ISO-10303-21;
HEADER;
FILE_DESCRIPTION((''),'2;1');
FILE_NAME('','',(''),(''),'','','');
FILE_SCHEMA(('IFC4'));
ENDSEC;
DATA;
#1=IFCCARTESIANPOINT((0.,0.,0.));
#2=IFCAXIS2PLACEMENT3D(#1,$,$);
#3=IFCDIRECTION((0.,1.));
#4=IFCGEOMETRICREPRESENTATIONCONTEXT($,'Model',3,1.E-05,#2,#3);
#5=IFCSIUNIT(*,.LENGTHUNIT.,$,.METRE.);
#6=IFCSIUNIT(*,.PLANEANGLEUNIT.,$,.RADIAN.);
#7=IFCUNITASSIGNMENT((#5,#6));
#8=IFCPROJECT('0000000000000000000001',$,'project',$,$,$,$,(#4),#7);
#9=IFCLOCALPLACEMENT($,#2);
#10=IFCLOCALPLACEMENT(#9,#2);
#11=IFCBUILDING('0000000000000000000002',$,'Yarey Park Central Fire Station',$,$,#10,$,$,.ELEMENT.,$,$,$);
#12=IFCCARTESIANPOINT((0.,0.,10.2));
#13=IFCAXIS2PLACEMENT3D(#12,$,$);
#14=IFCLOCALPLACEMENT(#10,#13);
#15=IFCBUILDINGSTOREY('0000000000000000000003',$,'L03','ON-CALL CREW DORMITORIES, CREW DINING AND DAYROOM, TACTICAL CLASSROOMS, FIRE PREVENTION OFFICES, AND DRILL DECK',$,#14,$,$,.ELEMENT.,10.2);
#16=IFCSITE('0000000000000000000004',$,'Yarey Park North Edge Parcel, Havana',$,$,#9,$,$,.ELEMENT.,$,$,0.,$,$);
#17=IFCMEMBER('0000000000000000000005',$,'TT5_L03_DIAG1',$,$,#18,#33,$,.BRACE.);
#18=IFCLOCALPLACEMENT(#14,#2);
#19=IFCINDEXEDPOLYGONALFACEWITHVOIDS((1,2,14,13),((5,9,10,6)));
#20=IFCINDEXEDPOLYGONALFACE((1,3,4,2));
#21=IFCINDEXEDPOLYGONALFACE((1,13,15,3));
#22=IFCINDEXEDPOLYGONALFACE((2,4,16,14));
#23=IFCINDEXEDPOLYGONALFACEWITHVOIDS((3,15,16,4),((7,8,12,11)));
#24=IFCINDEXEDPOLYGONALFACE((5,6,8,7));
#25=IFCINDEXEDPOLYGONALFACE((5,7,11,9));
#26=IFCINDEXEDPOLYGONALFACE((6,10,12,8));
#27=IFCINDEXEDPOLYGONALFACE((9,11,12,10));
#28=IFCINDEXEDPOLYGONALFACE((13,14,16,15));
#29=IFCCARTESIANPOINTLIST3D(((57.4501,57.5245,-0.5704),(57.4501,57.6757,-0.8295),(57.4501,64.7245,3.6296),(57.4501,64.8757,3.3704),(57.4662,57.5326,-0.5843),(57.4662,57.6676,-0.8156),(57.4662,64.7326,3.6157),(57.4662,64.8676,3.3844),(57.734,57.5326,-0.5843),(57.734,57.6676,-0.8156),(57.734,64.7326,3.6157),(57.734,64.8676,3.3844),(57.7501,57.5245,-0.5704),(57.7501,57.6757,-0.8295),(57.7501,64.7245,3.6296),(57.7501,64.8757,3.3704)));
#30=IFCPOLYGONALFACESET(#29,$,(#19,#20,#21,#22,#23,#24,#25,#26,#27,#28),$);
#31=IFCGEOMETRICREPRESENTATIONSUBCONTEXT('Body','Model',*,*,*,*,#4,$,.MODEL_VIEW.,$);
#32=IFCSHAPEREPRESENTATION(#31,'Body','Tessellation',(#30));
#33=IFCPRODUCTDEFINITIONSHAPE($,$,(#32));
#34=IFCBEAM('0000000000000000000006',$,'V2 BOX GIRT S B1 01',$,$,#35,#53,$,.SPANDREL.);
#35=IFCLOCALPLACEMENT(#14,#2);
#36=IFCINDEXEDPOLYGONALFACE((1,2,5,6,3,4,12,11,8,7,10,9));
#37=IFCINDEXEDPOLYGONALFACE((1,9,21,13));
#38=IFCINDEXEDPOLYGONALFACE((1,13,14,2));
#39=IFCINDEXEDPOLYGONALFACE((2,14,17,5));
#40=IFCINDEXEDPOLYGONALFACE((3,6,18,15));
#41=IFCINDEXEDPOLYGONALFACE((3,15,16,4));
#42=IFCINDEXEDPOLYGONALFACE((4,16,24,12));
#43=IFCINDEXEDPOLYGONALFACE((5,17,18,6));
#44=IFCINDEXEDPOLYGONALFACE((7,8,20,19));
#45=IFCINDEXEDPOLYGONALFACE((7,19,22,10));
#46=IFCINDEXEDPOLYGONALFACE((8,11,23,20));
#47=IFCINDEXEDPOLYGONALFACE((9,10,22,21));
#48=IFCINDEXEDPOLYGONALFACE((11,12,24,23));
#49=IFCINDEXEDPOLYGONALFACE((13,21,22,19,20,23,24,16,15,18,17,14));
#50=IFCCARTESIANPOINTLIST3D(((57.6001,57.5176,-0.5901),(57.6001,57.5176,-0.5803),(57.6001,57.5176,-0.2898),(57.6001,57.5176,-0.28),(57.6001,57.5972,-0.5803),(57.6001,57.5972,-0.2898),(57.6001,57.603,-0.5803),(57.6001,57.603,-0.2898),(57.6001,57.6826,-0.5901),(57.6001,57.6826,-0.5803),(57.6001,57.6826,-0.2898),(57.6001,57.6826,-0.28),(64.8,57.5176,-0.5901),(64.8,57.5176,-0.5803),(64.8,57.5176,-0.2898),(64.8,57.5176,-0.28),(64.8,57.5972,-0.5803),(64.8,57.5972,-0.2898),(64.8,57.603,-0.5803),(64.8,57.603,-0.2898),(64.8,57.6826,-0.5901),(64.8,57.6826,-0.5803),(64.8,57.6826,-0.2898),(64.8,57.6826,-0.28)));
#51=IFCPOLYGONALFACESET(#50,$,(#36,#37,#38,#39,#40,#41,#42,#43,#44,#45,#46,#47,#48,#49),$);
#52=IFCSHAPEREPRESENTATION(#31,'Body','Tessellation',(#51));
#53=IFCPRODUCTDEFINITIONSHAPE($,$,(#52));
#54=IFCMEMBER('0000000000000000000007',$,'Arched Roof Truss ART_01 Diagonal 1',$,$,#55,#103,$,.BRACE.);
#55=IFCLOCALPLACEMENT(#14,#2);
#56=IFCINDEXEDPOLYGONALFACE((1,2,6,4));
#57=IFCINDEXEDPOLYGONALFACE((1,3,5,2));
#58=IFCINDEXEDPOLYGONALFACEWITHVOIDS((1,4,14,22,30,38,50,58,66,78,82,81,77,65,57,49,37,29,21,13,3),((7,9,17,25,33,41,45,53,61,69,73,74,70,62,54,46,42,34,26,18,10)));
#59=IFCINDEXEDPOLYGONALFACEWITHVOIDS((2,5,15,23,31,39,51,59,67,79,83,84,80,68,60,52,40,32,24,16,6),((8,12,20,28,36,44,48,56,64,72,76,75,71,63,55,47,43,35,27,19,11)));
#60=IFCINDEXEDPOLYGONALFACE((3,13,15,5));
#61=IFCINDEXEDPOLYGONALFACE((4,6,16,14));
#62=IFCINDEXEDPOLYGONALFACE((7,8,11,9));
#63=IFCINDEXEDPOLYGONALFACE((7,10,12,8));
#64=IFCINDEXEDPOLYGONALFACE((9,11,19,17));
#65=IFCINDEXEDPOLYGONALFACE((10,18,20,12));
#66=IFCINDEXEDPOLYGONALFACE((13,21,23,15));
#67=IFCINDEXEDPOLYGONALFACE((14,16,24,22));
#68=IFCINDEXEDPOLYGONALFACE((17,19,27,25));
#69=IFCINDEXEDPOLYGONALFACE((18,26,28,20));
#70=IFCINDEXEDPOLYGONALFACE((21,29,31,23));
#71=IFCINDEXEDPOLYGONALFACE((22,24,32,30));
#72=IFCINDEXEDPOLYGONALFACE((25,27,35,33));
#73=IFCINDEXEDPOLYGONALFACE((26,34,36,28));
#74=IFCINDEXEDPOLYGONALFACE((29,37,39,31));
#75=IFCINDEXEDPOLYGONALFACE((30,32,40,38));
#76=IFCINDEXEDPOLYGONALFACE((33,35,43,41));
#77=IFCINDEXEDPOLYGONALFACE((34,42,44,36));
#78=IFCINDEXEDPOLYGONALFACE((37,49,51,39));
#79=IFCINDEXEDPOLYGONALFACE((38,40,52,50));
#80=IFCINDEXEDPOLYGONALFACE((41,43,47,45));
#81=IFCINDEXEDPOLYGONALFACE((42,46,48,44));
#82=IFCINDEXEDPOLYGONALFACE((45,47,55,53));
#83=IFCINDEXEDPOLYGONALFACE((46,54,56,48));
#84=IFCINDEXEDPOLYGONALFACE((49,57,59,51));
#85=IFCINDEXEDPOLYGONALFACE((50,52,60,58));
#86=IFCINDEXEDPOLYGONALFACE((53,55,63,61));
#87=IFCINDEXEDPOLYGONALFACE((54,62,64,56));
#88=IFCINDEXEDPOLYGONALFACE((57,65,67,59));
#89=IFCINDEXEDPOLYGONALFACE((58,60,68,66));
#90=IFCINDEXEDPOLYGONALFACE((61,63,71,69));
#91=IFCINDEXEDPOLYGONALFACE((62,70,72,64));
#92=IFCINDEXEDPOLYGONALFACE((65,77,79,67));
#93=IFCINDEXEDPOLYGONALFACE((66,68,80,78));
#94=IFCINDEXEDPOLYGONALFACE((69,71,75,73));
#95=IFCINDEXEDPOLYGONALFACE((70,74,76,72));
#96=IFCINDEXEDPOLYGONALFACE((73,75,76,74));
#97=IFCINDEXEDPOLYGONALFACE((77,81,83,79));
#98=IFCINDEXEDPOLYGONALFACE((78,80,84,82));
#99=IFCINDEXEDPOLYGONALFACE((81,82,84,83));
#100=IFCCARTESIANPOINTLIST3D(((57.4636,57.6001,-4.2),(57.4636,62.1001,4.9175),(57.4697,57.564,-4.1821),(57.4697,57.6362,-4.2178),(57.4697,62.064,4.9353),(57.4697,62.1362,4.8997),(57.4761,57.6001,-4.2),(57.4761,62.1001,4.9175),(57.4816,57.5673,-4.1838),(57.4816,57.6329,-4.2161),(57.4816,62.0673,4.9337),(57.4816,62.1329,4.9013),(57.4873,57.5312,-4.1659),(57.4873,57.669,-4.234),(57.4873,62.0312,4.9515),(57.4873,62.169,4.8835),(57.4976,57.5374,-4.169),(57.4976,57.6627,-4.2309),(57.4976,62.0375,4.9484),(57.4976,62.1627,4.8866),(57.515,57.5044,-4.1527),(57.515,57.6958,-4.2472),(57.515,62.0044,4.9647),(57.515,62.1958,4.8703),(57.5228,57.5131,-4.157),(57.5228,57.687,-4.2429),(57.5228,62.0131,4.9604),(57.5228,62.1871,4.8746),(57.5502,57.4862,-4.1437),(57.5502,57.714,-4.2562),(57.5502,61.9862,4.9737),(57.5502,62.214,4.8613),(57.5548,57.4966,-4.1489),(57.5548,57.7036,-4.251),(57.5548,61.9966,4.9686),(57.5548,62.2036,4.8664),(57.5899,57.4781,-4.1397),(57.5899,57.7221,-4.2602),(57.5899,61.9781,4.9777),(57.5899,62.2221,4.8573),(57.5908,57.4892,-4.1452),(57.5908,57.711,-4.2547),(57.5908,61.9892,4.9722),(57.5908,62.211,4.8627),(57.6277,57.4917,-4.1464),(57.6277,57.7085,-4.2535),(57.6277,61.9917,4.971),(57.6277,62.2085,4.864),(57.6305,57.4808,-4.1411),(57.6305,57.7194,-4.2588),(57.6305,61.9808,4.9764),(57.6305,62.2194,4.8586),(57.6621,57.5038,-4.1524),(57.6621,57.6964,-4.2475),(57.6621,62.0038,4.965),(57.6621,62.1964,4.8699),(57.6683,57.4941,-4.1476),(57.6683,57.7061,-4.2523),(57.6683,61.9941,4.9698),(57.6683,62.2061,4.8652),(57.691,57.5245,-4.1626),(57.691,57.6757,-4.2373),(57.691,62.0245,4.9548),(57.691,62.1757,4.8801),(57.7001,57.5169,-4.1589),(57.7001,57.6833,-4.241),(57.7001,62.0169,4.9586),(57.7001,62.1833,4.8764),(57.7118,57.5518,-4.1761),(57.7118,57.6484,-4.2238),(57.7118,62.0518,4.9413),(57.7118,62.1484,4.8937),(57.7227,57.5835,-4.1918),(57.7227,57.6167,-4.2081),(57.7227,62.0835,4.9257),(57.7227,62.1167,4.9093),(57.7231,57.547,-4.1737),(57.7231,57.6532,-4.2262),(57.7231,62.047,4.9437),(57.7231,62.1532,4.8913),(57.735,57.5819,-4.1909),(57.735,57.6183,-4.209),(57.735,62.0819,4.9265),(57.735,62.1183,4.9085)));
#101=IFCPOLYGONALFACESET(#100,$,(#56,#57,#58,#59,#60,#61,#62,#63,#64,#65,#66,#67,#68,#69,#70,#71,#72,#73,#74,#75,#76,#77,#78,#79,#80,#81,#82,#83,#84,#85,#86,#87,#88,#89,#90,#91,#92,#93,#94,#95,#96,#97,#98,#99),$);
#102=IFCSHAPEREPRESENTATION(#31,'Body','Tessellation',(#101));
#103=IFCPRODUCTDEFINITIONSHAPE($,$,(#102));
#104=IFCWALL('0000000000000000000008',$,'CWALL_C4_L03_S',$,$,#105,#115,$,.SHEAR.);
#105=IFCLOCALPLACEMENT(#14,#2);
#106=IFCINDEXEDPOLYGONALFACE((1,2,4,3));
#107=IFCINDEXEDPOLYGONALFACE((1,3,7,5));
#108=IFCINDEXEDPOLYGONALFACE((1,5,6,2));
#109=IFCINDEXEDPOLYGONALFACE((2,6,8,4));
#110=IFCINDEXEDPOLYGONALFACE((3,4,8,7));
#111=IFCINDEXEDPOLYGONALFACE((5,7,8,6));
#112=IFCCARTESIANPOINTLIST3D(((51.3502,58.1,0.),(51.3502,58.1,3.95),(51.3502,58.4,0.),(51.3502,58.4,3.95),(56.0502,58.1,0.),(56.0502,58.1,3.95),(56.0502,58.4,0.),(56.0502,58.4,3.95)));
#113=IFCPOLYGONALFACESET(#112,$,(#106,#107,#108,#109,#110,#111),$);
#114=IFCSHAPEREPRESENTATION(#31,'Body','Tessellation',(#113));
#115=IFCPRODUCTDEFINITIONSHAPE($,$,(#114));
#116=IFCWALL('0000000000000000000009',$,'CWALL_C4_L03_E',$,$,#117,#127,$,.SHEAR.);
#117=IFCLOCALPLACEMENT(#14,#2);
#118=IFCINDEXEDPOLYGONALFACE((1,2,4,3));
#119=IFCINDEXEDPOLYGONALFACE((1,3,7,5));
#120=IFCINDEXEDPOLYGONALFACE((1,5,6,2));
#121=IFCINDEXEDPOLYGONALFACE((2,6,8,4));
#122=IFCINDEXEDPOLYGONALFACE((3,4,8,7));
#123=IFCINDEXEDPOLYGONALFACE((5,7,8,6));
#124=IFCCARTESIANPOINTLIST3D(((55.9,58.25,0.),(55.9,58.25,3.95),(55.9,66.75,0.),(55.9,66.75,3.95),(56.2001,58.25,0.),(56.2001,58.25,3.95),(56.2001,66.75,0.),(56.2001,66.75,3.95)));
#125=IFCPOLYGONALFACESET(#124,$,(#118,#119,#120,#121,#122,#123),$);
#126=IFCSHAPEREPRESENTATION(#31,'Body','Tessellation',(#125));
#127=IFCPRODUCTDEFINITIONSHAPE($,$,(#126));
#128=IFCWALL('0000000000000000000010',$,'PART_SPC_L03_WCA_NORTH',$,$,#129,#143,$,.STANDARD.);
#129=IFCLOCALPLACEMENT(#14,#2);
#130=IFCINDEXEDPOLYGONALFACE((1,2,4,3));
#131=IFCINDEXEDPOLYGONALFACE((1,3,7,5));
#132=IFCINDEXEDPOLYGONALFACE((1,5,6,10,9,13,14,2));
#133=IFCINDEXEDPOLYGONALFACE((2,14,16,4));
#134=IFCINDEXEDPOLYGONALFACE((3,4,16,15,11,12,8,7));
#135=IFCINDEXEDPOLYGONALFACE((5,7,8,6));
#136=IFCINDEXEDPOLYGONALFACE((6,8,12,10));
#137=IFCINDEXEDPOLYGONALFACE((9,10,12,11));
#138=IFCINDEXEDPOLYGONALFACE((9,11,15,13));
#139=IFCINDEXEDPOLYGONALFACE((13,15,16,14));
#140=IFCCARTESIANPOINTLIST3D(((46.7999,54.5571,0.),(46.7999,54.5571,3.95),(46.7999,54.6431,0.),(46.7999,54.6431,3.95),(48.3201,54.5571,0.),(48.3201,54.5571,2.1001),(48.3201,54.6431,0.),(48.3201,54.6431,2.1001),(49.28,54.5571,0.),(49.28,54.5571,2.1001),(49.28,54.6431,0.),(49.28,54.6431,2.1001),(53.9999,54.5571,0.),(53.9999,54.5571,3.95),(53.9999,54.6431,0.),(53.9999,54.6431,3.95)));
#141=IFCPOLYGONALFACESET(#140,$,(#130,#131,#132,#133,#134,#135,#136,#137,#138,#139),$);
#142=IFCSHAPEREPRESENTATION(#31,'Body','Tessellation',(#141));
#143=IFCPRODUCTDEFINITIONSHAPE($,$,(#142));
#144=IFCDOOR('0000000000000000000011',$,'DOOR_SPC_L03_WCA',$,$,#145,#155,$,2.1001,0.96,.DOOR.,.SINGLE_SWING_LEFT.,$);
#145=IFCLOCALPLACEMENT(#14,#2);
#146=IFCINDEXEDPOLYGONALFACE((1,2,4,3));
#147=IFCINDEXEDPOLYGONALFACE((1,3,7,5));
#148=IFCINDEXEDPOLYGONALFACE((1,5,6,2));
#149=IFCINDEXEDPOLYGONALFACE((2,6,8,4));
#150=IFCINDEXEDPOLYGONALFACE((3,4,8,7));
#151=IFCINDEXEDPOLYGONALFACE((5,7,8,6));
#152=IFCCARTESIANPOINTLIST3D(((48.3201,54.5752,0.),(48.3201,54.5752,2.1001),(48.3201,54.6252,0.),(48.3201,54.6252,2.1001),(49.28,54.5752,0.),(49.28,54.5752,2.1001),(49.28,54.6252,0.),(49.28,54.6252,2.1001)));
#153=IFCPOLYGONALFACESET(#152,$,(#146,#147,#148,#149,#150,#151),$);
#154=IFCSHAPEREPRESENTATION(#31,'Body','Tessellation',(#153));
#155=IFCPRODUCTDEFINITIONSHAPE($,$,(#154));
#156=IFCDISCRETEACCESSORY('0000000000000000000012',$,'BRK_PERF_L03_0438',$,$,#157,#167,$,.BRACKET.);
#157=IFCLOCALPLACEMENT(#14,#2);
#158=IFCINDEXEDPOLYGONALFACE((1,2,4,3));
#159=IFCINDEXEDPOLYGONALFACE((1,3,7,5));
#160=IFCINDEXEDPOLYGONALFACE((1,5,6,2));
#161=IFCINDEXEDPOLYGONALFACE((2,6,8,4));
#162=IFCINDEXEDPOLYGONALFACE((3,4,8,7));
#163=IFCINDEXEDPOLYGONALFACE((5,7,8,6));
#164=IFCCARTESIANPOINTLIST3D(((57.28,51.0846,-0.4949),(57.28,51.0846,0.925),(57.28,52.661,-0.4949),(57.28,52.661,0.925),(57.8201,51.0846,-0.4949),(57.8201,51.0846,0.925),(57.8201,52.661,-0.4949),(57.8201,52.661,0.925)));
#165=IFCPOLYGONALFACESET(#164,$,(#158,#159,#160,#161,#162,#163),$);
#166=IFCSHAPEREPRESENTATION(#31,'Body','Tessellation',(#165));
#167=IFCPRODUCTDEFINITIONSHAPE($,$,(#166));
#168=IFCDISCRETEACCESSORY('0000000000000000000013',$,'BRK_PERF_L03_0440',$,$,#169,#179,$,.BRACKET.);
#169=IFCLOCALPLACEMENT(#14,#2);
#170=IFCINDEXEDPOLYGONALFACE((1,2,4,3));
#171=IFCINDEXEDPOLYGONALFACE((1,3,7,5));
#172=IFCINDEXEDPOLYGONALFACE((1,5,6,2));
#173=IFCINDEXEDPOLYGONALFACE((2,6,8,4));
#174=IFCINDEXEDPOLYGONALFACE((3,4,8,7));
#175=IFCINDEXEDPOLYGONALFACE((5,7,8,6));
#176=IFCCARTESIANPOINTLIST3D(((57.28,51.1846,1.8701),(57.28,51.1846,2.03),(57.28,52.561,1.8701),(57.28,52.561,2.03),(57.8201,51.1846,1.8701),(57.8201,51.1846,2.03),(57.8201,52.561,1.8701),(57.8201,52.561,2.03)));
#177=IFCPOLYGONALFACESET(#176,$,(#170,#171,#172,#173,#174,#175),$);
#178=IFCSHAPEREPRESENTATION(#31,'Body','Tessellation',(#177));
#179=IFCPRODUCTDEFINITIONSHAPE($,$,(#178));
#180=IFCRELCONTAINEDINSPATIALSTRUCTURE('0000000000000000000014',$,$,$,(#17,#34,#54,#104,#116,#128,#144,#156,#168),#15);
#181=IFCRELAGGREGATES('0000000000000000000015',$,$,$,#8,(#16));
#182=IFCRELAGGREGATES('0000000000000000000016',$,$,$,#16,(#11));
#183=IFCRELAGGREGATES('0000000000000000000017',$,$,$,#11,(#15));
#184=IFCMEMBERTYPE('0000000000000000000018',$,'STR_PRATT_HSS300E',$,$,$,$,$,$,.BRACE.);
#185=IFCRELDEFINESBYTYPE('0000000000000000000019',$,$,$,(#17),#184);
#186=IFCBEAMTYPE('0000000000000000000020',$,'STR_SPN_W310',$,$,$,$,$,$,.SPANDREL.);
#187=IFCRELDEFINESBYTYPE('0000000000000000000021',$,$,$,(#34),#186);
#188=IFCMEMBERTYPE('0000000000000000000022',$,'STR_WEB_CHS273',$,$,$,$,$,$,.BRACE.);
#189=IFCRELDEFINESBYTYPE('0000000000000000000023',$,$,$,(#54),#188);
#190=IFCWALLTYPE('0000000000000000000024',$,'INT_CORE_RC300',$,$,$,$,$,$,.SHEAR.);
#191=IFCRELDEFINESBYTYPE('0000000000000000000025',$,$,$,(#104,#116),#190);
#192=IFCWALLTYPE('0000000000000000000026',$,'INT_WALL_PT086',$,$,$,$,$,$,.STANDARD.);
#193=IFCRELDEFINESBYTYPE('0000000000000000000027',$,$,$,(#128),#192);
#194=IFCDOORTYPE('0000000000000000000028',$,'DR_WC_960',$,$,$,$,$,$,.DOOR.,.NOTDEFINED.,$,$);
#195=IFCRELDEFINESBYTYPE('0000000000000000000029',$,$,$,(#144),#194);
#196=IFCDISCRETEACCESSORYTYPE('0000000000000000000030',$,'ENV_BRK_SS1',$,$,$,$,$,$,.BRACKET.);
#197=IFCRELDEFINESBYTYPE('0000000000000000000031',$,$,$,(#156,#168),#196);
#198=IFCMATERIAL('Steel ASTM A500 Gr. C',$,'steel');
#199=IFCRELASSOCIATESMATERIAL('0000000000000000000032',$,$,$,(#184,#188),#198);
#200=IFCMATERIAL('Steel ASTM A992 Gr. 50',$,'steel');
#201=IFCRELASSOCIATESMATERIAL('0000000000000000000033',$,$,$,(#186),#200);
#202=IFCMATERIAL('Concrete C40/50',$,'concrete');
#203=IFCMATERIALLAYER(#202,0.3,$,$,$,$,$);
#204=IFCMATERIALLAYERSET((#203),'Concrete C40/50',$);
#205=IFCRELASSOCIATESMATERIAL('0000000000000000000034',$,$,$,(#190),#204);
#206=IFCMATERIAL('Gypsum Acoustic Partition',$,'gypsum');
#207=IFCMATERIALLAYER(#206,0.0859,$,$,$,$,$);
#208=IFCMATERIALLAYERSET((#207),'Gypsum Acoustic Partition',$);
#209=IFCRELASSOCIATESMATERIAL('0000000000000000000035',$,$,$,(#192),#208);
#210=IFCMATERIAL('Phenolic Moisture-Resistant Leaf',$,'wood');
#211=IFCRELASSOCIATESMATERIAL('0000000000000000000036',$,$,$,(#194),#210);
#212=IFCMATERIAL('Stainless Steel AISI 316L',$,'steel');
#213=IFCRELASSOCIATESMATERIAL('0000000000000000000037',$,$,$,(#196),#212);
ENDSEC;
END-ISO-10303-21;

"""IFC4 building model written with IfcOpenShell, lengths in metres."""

from ifc_helpers import new_model, si_unit, direction, frame, frame_2d, origin, origin_2d, place, context, subcontext, project, spatial, rectangle, hollow_rectangle, hollow_circle, i_section, extrude, material, layer, layer_set, material_profile, profile_set, type_object, element, fill, save


model = new_model("IFC4")

# Units and contexts
model_context = context("Model", 3, precision=1e-05, world=origin(), true_north=direction((0.0, 1.0)))
body_context = subcontext(model_context, "Body", "Model", "MODEL_VIEW")
ifc_project = project(units=[si_unit("LENGTHUNIT", "METRE"), si_unit("PLANEANGLEUNIT", "RADIAN")], contexts=[model_context])

# Site, building, storey
site_placement = place(None, origin())
site = spatial("IfcSite", under=ifc_project, at=site_placement, Name="Yarey Park North Edge Parcel, Havana", CompositionType="ELEMENT", RefElevation=0.0)
building_placement = place(site_placement, origin())
building = spatial("IfcBuilding", under=site, at=building_placement, Name="Yarey Park Central Fire Station", CompositionType="ELEMENT")
storey_placement = place(building_placement, frame((0.0, 0.0, 10.2)))
storey = spatial("IfcBuildingStorey", under=building, at=storey_placement, Name="L03", Description="ON-CALL CREW DORMITORIES, CREW DINING AND DAYROOM, TACTICAL CLASSROOMS, FIRE PREVENTION OFFICES, AND DRILL DECK", CompositionType="ELEMENT", Elevation=10.2)

# Shared definitions
ifc_material_1 = material(Name="Steel ASTM A992 Gr. 50", Category="steel")

# Member
ifc_material_2 = material(Name="Steel ASTM A500 Gr. C", Category="steel")
ifc_material_profile_1 = material_profile(ifc_material_2, hollow_rectangle(XDim=0.3, YDim=0.3, WallThickness=0.0161, at=origin_2d()), Name="HSS 300x300x16")
ifc_profile_set_1 = profile_set([ifc_material_profile_1], Name="Steel ASTM A500 Gr. C")
member_type_1 = type_object("IfcMemberType", Name="STR_PRATT_HSS300E", PredefinedType="BRACE", material=ifc_profile_set_1)
member_1_placement = place(storey_placement, frame((57.6001, 57.6001, -0.7), z_axis=(0.0, 0.86378, 0.503869), x_axis=(-1.0, 0.0, 0.0)))
element("IfcMember", 1, at=member_1_placement, inside=storey, type_object=member_type_1, Name="TT5_L03_DIAG1", PredefinedType="BRACE", context=body_context, shape_type="SweptSolid", body=[
    extrude(hollow_rectangle(XDim=0.3, YDim=0.3, WallThickness=0.0161, at=origin_2d()), origin(), (0.0, 0.0, 1.0), 8.3354),
])

# Beam
ifc_material_profile_2 = material_profile(ifc_material_1, i_section(OverallWidth=0.165, OverallDepth=0.3101, WebThickness=0.0059, FlangeThickness=0.0098, at=origin_2d()), Name="W310x39")
ifc_profile_set_2 = profile_set([ifc_material_profile_2], Name="Steel ASTM A992 Gr. 50")
beam_type_1 = type_object("IfcBeamType", Name="STR_SPN_W310", PredefinedType="SPANDREL", material=ifc_profile_set_2)
beam_1_placement = place(storey_placement, frame((57.6001, 57.6001, -0.4351), z_axis=(1.0, 0.0, 0.0), x_axis=(0.0, 1.0, 0.0)))
element("IfcBeam", 2, at=beam_1_placement, inside=storey, type_object=beam_type_1, Name="V2 BOX GIRT S B1 01", PredefinedType="SPANDREL", context=body_context, shape_type="SweptSolid", body=[
    extrude(i_section(OverallWidth=0.165, OverallDepth=0.3101, WebThickness=0.0059, FlangeThickness=0.0098, at=origin_2d()), origin(), (0.0, 0.0, 1.0), 7.2),
])

# Member
ifc_material_profile_3 = material_profile(ifc_material_2, hollow_circle(Radius=0.1365, WallThickness=0.0125, at=origin_2d()), Name="CHS 273x12.5")
ifc_profile_set_3 = profile_set([ifc_material_profile_3], Name="Steel ASTM A500 Gr. C")
member_type_2 = type_object("IfcMemberType", Name="STR_WEB_CHS273", PredefinedType="BRACE", material=ifc_profile_set_3)
member_2_placement = place(storey_placement, frame((57.6001, 57.6001, -4.2), z_axis=(0.0, 0.442588, 0.896725), x_axis=(-1.0, 0.0, 0.0)))
element("IfcMember", 3, at=member_2_placement, inside=storey, type_object=member_type_2, Name="Arched Roof Truss ART_01 Diagonal 1", PredefinedType="BRACE", context=body_context, shape_type="SweptSolid", body=[
    extrude(hollow_circle(Radius=0.1365, WallThickness=0.0125, at=origin_2d()), origin(), (0.0, 0.0, 1.0), 10.1675),
])

# Walls
ifc_material_3 = material(Name="Concrete C40/50", Category="concrete")
ifc_layer_1 = layer(ifc_material_3, 0.3)
ifc_layer_set_1 = layer_set([ifc_layer_1], Name="Concrete C40/50")
wall_type_1 = type_object("IfcWallType", Name="INT_CORE_RC300", PredefinedType="SHEAR", material=ifc_layer_set_1)
wall_1_placement = place(storey_placement, frame((51.3501, 58.25, 0.0), z_axis=(0.0, 0.0, 1.0), x_axis=(1.0, 0.0, 0.0)))
element("IfcWall", 4, at=wall_1_placement, inside=storey, type_object=wall_type_1, Name="CWALL_C4_L03_S", PredefinedType="SHEAR", context=body_context, shape_type="SweptSolid", body=[
    extrude(rectangle(XDim=4.7, YDim=0.3, at=frame_2d((2.3501, 0.0))), origin(), (0.0, 0.0, 1.0), 3.95),
])
wall_2_placement = place(storey_placement, frame((56.05, 58.25, 0.0), z_axis=(0.0, 0.0, 1.0), x_axis=(0.0, 1.0, 0.0)))
element("IfcWall", 5, at=wall_2_placement, inside=storey, type_object=wall_type_1, Name="CWALL_C4_L03_E", PredefinedType="SHEAR", context=body_context, shape_type="SweptSolid", body=[
    extrude(rectangle(XDim=8.5, YDim=0.3, at=frame_2d((4.25, 0.0))), origin(), (0.0, 0.0, 1.0), 3.95),
])

# Wall, opening, door
ifc_material_4 = material(Name="Gypsum Acoustic Partition", Category="gypsum")
ifc_layer_2 = layer(ifc_material_4, 0.0859)
ifc_layer_set_2 = layer_set([ifc_layer_2], Name="Gypsum Acoustic Partition")
wall_type_2 = type_object("IfcWallType", Name="INT_WALL_PT086", PredefinedType="STANDARD", material=ifc_layer_set_2)
wall_3_placement = place(storey_placement, frame((54.0, 54.6001, 0.0), z_axis=(0.0, 0.0, 1.0), x_axis=(-1.0, 0.0, 0.0)))
wall_3 = element("IfcWall", 6, at=wall_3_placement, inside=storey, type_object=wall_type_2, Name="PART_SPC_L03_WCA_NORTH", PredefinedType="STANDARD", context=body_context, shape_type="SweptSolid", body=[
    extrude(rectangle(XDim=7.2, YDim=0.0859, at=frame_2d((3.6001, 0.0))), origin(), (0.0, 0.0, 1.0), 3.95),
])
opening_placement = place(wall_3_placement, frame((4.72, 0.0, 0.0)))
opening = element("IfcOpeningElement", 7, at=opening_placement, cuts=wall_3, PredefinedType="OPENING", context=body_context, shape_type="SweptSolid", body=[
    extrude(rectangle(XDim=0.96, YDim=2.1001, at=frame_2d((0.48, 1.05))), frame((0.0, 0.053, 0.0), z_axis=(0.0, -1.0, 0.0), x_axis=(1.0, 0.0, 0.0)), (0.0, 0.0, 1.0), 0.106),
])
ifc_material_5 = material(Name="Phenolic Moisture-Resistant Leaf", Category="wood")
door_type = type_object("IfcDoorType", Name="DR_WC_960", OperationType="NOTDEFINED", PredefinedType="DOOR", material=ifc_material_5)
door_placement = place(opening_placement, origin())
door = element("IfcDoor", 8, at=door_placement, inside=storey, type_object=door_type, Name="DOOR_SPC_L03_WCA", OperationType="SINGLE_SWING_LEFT", OverallHeight=2.1001, OverallWidth=0.96, PredefinedType="DOOR", context=body_context, shape_type="SweptSolid", body=[
    extrude(rectangle(XDim=0.96, YDim=2.1001, at=frame_2d((0.48, 1.05))), frame((0.0, 0.0249, 0.0), z_axis=(0.0, -1.0, 0.0), x_axis=(1.0, 0.0, 0.0)), (0.0, 0.0, 1.0), 0.05),
])
fill(opening, door)

# Discrete accessories
ifc_material_6 = material(Name="Stainless Steel AISI 316L", Category="steel")
discrete_accessory_type = type_object("IfcDiscreteAccessoryType", Name="ENV_BRK_SS1", PredefinedType="BRACKET", material=ifc_material_6)
discrete_accessory_1_placement = place(storey_placement, frame((57.55, 51.8728, -0.4949), z_axis=(0.0, 0.0, 1.0), x_axis=(1.0, 0.0, 0.0)))
element("IfcDiscreteAccessory", 9, at=discrete_accessory_1_placement, inside=storey, type_object=discrete_accessory_type, Name="BRK_PERF_L03_0438", PredefinedType="BRACKET", context=body_context, shape_type="SweptSolid", body=[
    extrude(rectangle(XDim=0.54, YDim=1.5764, at=origin_2d()), origin(), (0.0, 0.0, 1.0), 1.4199),
])
discrete_accessory_2_placement = place(storey_placement, frame((57.55, 51.8728, 1.8701), z_axis=(0.0, 0.0, 1.0), x_axis=(1.0, 0.0, 0.0)))
element("IfcDiscreteAccessory", 10, at=discrete_accessory_2_placement, inside=storey, type_object=discrete_accessory_type, Name="BRK_PERF_L03_0440", PredefinedType="BRACKET", context=body_context, shape_type="SweptSolid", body=[
    extrude(rectangle(XDim=0.54, YDim=1.3765, at=origin_2d()), origin(), (0.0, 0.0, 1.0), 0.1599),
])

save(model, "model.ifc")
